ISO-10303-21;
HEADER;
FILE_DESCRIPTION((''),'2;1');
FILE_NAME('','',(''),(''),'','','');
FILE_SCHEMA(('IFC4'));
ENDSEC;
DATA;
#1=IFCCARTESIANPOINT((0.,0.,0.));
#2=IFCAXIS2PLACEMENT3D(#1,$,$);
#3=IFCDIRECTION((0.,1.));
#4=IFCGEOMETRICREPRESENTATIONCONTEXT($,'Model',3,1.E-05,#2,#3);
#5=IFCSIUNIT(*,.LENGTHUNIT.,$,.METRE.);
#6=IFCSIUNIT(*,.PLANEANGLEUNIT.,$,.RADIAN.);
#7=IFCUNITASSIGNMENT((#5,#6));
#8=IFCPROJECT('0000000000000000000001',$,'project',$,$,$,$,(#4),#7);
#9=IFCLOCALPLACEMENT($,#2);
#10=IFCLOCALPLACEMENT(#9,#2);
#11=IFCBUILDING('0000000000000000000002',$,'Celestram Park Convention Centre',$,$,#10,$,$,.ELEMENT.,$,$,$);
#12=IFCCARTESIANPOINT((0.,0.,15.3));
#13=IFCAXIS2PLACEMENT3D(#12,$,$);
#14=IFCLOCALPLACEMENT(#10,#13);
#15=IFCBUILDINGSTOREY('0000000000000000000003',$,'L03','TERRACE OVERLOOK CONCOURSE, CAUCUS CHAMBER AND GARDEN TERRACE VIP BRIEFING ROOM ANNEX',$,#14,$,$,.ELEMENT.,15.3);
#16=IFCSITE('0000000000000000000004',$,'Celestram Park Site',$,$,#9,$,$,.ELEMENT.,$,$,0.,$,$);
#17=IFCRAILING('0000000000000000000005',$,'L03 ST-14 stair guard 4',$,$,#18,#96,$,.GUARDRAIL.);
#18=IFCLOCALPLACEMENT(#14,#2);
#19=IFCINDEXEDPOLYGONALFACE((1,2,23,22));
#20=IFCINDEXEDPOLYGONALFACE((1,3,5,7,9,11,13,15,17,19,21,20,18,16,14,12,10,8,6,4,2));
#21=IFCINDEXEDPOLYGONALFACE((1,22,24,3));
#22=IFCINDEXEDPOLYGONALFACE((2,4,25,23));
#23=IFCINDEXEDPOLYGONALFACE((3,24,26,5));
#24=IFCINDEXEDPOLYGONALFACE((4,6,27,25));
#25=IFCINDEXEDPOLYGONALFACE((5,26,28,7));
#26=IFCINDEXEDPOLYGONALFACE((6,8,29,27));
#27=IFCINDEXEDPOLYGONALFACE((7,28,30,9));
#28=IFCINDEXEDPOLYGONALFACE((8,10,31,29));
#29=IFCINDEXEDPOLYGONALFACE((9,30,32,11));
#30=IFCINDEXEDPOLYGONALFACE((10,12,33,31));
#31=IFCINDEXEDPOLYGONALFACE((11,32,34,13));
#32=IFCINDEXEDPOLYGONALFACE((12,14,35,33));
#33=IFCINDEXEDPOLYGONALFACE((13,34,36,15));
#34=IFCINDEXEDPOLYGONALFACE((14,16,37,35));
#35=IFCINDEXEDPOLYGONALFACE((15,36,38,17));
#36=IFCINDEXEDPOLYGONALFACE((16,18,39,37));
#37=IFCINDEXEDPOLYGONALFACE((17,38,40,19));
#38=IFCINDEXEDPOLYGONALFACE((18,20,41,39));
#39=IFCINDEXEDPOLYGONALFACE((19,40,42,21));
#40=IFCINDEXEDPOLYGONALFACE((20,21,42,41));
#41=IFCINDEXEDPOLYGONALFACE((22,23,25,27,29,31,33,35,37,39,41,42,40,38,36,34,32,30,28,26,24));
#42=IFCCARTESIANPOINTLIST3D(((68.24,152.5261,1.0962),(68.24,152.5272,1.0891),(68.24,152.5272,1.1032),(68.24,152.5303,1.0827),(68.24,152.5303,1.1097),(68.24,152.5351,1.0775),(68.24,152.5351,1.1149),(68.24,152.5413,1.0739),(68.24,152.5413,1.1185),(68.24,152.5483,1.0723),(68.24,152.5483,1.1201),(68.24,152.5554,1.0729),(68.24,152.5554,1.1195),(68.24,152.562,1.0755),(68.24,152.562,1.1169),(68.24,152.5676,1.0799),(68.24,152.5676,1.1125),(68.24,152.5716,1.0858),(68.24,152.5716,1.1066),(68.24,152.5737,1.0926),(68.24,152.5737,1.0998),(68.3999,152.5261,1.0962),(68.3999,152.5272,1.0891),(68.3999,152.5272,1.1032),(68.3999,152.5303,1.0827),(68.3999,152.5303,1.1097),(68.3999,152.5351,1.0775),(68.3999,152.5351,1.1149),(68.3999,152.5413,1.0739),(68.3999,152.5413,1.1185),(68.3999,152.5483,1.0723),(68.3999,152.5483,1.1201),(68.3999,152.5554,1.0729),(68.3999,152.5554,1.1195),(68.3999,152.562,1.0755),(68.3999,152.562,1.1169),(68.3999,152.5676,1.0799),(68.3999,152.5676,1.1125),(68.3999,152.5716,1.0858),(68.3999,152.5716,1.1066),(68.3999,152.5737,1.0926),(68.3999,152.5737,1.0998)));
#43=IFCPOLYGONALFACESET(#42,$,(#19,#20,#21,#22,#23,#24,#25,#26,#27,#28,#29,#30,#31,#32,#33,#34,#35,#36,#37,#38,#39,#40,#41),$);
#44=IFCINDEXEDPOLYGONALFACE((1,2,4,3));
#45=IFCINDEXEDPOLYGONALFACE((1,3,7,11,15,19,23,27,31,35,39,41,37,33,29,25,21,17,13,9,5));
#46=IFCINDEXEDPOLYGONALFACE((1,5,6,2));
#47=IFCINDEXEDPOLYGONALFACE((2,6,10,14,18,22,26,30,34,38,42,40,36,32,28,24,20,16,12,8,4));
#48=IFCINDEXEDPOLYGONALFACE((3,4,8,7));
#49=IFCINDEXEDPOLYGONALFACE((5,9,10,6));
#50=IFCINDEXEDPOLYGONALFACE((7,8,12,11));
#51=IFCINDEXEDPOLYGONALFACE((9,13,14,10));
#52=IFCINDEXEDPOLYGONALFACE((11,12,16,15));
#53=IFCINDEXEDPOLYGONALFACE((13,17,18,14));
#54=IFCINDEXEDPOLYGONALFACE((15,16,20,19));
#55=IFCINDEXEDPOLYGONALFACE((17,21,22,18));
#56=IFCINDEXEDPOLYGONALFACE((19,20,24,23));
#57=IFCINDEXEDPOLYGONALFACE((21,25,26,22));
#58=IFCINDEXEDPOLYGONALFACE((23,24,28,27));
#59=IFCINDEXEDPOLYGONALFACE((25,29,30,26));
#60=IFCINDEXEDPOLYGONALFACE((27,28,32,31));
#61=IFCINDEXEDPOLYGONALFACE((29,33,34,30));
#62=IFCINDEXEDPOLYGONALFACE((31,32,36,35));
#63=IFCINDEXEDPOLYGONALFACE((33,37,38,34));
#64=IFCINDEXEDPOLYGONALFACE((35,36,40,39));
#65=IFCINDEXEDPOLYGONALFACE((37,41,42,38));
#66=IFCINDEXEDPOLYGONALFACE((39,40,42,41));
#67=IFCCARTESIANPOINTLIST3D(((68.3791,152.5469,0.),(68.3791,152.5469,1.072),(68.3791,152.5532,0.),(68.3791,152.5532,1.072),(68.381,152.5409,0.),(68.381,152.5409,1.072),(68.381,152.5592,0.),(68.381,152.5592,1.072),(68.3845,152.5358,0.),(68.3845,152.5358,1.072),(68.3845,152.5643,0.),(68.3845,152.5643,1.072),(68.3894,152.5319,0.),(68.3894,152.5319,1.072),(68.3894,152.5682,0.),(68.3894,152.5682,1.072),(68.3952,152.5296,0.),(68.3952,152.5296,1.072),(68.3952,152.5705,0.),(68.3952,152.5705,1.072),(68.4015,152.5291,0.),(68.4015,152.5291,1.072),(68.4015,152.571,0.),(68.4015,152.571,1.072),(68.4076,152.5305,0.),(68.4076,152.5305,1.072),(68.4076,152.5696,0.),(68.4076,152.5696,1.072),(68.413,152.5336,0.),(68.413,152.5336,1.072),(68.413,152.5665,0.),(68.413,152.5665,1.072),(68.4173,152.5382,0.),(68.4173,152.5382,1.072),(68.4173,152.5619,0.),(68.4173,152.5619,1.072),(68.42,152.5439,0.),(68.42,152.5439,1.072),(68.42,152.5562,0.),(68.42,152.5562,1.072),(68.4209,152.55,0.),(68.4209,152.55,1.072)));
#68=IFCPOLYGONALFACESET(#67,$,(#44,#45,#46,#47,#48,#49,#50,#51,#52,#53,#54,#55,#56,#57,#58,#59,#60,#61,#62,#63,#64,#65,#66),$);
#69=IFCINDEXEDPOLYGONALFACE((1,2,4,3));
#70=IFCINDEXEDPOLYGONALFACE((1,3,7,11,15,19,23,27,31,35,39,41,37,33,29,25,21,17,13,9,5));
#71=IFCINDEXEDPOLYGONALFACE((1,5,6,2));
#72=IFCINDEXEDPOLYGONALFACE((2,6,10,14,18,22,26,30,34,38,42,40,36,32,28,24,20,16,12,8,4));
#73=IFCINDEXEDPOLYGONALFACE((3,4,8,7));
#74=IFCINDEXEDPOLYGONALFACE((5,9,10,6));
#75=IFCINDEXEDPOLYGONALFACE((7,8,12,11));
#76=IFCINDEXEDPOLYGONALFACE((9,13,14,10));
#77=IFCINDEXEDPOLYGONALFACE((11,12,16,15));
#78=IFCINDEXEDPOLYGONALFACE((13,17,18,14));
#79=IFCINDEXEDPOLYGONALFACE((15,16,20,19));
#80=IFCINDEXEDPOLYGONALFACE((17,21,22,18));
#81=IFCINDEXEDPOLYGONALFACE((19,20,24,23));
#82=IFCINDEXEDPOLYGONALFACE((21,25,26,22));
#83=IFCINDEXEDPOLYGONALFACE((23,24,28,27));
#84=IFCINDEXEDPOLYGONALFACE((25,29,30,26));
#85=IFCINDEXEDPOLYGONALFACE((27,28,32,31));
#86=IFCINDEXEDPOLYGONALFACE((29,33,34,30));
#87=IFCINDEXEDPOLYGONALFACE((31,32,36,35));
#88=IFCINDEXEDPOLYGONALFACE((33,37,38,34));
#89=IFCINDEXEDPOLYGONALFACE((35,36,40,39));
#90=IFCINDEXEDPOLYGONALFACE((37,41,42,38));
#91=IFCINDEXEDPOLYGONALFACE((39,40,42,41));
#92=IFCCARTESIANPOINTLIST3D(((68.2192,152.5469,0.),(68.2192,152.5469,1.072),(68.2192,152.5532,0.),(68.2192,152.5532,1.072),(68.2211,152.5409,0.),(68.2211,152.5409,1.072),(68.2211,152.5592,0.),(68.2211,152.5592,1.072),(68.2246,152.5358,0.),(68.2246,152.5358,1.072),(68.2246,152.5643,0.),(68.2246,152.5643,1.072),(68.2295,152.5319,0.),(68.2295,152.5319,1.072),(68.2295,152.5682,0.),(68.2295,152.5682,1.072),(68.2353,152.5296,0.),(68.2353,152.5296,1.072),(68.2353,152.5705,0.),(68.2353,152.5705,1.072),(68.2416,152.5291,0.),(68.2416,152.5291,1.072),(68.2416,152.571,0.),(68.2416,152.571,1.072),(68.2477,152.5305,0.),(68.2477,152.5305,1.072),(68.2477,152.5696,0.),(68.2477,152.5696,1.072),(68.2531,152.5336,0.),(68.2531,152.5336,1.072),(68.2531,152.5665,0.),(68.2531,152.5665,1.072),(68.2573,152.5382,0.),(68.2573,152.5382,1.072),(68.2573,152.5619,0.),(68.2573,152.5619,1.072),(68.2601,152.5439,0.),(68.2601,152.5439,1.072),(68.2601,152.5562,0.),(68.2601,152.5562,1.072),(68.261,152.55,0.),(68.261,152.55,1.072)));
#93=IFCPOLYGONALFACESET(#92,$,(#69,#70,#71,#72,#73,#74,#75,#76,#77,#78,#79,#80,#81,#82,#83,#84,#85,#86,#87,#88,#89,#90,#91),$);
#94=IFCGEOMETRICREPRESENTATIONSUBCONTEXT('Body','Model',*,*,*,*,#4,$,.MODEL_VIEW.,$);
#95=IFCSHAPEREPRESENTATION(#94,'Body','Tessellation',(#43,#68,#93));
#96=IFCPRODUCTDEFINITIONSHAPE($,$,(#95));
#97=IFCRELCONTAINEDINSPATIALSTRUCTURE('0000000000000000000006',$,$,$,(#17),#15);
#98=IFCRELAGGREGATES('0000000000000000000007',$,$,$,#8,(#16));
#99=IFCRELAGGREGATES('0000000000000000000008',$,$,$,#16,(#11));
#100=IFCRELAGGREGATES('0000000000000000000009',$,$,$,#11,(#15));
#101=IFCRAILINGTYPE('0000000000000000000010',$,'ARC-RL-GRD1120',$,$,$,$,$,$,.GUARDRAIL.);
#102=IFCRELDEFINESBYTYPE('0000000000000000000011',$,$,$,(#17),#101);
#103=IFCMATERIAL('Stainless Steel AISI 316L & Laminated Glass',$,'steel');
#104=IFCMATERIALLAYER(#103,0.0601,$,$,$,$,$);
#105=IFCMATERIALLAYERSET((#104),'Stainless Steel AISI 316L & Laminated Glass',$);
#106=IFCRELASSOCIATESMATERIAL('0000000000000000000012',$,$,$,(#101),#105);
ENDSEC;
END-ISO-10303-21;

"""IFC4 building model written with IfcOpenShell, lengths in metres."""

from ifc_helpers import new_model, si_unit, direction, frame, origin, origin_2d, place, context, subcontext, project, spatial, circle, extrude, material, layer, layer_set, type_object, element, save


model = new_model("IFC4")

# Units and contexts
model_context = context("Model", 3, precision=1e-05, world=origin(), true_north=direction((0.0, 1.0)))
body_context = subcontext(model_context, "Body", "Model", "MODEL_VIEW")
ifc_project = project(units=[si_unit("LENGTHUNIT", "METRE"), si_unit("PLANEANGLEUNIT", "RADIAN")], contexts=[model_context])

# Site, building, storey
site_placement = place(None, origin())
site = spatial("IfcSite", under=ifc_project, at=site_placement, Name="Celestram Park Site", CompositionType="ELEMENT", RefElevation=0.0)
building_placement = place(site_placement, origin())
building = spatial("IfcBuilding", under=site, at=building_placement, Name="Celestram Park Convention Centre", CompositionType="ELEMENT")
storey_placement = place(building_placement, frame((0.0, 0.0, 15.3)))
storey = spatial("IfcBuildingStorey", under=building, at=storey_placement, Name="L03", Description="TERRACE OVERLOOK CONCOURSE, CAUCUS CHAMBER AND GARDEN TERRACE VIP BRIEFING ROOM ANNEX", CompositionType="ELEMENT", Elevation=15.3)

# Railing
ifc_material_1 = material(Name="Stainless Steel AISI 316L & Laminated Glass", Category="steel")
ifc_layer_1 = layer(ifc_material_1, 0.0601)
ifc_layer_set_1 = layer_set([ifc_layer_1], Name="Stainless Steel AISI 316L & Laminated Glass")
railing_type_1 = type_object("IfcRailingType", Name="ARC-RL-GRD1120", PredefinedType="GUARDRAIL", material=ifc_layer_set_1)
railing_1_placement = place(storey_placement, frame((68.3999, 152.55, 0.0)))
element("IfcRailing", 1, at=railing_1_placement, inside=storey, type_object=railing_type_1, Name="L03 ST-14 stair guard 4", PredefinedType="GUARDRAIL", context=body_context, shape_type="SweptSolid", body=[
    extrude(circle(Radius=0.0239, at=origin_2d()), frame((0.0, 0.0, 1.0962), z_axis=(-1.0, 0.0, 0.0), x_axis=(0.0, -1.0, 0.0)), (0.0, 0.0, 1.0), 0.1599),
    extrude(circle(Radius=0.021, at=origin_2d()), origin(), (0.0, 0.0, 1.0), 1.072),
    extrude(circle(Radius=0.021, at=origin_2d()), frame((-0.1599, 0.0, 0.0)), (0.0, 0.0, 1.0), 1.072),
])

save(model, "model.ifc")
